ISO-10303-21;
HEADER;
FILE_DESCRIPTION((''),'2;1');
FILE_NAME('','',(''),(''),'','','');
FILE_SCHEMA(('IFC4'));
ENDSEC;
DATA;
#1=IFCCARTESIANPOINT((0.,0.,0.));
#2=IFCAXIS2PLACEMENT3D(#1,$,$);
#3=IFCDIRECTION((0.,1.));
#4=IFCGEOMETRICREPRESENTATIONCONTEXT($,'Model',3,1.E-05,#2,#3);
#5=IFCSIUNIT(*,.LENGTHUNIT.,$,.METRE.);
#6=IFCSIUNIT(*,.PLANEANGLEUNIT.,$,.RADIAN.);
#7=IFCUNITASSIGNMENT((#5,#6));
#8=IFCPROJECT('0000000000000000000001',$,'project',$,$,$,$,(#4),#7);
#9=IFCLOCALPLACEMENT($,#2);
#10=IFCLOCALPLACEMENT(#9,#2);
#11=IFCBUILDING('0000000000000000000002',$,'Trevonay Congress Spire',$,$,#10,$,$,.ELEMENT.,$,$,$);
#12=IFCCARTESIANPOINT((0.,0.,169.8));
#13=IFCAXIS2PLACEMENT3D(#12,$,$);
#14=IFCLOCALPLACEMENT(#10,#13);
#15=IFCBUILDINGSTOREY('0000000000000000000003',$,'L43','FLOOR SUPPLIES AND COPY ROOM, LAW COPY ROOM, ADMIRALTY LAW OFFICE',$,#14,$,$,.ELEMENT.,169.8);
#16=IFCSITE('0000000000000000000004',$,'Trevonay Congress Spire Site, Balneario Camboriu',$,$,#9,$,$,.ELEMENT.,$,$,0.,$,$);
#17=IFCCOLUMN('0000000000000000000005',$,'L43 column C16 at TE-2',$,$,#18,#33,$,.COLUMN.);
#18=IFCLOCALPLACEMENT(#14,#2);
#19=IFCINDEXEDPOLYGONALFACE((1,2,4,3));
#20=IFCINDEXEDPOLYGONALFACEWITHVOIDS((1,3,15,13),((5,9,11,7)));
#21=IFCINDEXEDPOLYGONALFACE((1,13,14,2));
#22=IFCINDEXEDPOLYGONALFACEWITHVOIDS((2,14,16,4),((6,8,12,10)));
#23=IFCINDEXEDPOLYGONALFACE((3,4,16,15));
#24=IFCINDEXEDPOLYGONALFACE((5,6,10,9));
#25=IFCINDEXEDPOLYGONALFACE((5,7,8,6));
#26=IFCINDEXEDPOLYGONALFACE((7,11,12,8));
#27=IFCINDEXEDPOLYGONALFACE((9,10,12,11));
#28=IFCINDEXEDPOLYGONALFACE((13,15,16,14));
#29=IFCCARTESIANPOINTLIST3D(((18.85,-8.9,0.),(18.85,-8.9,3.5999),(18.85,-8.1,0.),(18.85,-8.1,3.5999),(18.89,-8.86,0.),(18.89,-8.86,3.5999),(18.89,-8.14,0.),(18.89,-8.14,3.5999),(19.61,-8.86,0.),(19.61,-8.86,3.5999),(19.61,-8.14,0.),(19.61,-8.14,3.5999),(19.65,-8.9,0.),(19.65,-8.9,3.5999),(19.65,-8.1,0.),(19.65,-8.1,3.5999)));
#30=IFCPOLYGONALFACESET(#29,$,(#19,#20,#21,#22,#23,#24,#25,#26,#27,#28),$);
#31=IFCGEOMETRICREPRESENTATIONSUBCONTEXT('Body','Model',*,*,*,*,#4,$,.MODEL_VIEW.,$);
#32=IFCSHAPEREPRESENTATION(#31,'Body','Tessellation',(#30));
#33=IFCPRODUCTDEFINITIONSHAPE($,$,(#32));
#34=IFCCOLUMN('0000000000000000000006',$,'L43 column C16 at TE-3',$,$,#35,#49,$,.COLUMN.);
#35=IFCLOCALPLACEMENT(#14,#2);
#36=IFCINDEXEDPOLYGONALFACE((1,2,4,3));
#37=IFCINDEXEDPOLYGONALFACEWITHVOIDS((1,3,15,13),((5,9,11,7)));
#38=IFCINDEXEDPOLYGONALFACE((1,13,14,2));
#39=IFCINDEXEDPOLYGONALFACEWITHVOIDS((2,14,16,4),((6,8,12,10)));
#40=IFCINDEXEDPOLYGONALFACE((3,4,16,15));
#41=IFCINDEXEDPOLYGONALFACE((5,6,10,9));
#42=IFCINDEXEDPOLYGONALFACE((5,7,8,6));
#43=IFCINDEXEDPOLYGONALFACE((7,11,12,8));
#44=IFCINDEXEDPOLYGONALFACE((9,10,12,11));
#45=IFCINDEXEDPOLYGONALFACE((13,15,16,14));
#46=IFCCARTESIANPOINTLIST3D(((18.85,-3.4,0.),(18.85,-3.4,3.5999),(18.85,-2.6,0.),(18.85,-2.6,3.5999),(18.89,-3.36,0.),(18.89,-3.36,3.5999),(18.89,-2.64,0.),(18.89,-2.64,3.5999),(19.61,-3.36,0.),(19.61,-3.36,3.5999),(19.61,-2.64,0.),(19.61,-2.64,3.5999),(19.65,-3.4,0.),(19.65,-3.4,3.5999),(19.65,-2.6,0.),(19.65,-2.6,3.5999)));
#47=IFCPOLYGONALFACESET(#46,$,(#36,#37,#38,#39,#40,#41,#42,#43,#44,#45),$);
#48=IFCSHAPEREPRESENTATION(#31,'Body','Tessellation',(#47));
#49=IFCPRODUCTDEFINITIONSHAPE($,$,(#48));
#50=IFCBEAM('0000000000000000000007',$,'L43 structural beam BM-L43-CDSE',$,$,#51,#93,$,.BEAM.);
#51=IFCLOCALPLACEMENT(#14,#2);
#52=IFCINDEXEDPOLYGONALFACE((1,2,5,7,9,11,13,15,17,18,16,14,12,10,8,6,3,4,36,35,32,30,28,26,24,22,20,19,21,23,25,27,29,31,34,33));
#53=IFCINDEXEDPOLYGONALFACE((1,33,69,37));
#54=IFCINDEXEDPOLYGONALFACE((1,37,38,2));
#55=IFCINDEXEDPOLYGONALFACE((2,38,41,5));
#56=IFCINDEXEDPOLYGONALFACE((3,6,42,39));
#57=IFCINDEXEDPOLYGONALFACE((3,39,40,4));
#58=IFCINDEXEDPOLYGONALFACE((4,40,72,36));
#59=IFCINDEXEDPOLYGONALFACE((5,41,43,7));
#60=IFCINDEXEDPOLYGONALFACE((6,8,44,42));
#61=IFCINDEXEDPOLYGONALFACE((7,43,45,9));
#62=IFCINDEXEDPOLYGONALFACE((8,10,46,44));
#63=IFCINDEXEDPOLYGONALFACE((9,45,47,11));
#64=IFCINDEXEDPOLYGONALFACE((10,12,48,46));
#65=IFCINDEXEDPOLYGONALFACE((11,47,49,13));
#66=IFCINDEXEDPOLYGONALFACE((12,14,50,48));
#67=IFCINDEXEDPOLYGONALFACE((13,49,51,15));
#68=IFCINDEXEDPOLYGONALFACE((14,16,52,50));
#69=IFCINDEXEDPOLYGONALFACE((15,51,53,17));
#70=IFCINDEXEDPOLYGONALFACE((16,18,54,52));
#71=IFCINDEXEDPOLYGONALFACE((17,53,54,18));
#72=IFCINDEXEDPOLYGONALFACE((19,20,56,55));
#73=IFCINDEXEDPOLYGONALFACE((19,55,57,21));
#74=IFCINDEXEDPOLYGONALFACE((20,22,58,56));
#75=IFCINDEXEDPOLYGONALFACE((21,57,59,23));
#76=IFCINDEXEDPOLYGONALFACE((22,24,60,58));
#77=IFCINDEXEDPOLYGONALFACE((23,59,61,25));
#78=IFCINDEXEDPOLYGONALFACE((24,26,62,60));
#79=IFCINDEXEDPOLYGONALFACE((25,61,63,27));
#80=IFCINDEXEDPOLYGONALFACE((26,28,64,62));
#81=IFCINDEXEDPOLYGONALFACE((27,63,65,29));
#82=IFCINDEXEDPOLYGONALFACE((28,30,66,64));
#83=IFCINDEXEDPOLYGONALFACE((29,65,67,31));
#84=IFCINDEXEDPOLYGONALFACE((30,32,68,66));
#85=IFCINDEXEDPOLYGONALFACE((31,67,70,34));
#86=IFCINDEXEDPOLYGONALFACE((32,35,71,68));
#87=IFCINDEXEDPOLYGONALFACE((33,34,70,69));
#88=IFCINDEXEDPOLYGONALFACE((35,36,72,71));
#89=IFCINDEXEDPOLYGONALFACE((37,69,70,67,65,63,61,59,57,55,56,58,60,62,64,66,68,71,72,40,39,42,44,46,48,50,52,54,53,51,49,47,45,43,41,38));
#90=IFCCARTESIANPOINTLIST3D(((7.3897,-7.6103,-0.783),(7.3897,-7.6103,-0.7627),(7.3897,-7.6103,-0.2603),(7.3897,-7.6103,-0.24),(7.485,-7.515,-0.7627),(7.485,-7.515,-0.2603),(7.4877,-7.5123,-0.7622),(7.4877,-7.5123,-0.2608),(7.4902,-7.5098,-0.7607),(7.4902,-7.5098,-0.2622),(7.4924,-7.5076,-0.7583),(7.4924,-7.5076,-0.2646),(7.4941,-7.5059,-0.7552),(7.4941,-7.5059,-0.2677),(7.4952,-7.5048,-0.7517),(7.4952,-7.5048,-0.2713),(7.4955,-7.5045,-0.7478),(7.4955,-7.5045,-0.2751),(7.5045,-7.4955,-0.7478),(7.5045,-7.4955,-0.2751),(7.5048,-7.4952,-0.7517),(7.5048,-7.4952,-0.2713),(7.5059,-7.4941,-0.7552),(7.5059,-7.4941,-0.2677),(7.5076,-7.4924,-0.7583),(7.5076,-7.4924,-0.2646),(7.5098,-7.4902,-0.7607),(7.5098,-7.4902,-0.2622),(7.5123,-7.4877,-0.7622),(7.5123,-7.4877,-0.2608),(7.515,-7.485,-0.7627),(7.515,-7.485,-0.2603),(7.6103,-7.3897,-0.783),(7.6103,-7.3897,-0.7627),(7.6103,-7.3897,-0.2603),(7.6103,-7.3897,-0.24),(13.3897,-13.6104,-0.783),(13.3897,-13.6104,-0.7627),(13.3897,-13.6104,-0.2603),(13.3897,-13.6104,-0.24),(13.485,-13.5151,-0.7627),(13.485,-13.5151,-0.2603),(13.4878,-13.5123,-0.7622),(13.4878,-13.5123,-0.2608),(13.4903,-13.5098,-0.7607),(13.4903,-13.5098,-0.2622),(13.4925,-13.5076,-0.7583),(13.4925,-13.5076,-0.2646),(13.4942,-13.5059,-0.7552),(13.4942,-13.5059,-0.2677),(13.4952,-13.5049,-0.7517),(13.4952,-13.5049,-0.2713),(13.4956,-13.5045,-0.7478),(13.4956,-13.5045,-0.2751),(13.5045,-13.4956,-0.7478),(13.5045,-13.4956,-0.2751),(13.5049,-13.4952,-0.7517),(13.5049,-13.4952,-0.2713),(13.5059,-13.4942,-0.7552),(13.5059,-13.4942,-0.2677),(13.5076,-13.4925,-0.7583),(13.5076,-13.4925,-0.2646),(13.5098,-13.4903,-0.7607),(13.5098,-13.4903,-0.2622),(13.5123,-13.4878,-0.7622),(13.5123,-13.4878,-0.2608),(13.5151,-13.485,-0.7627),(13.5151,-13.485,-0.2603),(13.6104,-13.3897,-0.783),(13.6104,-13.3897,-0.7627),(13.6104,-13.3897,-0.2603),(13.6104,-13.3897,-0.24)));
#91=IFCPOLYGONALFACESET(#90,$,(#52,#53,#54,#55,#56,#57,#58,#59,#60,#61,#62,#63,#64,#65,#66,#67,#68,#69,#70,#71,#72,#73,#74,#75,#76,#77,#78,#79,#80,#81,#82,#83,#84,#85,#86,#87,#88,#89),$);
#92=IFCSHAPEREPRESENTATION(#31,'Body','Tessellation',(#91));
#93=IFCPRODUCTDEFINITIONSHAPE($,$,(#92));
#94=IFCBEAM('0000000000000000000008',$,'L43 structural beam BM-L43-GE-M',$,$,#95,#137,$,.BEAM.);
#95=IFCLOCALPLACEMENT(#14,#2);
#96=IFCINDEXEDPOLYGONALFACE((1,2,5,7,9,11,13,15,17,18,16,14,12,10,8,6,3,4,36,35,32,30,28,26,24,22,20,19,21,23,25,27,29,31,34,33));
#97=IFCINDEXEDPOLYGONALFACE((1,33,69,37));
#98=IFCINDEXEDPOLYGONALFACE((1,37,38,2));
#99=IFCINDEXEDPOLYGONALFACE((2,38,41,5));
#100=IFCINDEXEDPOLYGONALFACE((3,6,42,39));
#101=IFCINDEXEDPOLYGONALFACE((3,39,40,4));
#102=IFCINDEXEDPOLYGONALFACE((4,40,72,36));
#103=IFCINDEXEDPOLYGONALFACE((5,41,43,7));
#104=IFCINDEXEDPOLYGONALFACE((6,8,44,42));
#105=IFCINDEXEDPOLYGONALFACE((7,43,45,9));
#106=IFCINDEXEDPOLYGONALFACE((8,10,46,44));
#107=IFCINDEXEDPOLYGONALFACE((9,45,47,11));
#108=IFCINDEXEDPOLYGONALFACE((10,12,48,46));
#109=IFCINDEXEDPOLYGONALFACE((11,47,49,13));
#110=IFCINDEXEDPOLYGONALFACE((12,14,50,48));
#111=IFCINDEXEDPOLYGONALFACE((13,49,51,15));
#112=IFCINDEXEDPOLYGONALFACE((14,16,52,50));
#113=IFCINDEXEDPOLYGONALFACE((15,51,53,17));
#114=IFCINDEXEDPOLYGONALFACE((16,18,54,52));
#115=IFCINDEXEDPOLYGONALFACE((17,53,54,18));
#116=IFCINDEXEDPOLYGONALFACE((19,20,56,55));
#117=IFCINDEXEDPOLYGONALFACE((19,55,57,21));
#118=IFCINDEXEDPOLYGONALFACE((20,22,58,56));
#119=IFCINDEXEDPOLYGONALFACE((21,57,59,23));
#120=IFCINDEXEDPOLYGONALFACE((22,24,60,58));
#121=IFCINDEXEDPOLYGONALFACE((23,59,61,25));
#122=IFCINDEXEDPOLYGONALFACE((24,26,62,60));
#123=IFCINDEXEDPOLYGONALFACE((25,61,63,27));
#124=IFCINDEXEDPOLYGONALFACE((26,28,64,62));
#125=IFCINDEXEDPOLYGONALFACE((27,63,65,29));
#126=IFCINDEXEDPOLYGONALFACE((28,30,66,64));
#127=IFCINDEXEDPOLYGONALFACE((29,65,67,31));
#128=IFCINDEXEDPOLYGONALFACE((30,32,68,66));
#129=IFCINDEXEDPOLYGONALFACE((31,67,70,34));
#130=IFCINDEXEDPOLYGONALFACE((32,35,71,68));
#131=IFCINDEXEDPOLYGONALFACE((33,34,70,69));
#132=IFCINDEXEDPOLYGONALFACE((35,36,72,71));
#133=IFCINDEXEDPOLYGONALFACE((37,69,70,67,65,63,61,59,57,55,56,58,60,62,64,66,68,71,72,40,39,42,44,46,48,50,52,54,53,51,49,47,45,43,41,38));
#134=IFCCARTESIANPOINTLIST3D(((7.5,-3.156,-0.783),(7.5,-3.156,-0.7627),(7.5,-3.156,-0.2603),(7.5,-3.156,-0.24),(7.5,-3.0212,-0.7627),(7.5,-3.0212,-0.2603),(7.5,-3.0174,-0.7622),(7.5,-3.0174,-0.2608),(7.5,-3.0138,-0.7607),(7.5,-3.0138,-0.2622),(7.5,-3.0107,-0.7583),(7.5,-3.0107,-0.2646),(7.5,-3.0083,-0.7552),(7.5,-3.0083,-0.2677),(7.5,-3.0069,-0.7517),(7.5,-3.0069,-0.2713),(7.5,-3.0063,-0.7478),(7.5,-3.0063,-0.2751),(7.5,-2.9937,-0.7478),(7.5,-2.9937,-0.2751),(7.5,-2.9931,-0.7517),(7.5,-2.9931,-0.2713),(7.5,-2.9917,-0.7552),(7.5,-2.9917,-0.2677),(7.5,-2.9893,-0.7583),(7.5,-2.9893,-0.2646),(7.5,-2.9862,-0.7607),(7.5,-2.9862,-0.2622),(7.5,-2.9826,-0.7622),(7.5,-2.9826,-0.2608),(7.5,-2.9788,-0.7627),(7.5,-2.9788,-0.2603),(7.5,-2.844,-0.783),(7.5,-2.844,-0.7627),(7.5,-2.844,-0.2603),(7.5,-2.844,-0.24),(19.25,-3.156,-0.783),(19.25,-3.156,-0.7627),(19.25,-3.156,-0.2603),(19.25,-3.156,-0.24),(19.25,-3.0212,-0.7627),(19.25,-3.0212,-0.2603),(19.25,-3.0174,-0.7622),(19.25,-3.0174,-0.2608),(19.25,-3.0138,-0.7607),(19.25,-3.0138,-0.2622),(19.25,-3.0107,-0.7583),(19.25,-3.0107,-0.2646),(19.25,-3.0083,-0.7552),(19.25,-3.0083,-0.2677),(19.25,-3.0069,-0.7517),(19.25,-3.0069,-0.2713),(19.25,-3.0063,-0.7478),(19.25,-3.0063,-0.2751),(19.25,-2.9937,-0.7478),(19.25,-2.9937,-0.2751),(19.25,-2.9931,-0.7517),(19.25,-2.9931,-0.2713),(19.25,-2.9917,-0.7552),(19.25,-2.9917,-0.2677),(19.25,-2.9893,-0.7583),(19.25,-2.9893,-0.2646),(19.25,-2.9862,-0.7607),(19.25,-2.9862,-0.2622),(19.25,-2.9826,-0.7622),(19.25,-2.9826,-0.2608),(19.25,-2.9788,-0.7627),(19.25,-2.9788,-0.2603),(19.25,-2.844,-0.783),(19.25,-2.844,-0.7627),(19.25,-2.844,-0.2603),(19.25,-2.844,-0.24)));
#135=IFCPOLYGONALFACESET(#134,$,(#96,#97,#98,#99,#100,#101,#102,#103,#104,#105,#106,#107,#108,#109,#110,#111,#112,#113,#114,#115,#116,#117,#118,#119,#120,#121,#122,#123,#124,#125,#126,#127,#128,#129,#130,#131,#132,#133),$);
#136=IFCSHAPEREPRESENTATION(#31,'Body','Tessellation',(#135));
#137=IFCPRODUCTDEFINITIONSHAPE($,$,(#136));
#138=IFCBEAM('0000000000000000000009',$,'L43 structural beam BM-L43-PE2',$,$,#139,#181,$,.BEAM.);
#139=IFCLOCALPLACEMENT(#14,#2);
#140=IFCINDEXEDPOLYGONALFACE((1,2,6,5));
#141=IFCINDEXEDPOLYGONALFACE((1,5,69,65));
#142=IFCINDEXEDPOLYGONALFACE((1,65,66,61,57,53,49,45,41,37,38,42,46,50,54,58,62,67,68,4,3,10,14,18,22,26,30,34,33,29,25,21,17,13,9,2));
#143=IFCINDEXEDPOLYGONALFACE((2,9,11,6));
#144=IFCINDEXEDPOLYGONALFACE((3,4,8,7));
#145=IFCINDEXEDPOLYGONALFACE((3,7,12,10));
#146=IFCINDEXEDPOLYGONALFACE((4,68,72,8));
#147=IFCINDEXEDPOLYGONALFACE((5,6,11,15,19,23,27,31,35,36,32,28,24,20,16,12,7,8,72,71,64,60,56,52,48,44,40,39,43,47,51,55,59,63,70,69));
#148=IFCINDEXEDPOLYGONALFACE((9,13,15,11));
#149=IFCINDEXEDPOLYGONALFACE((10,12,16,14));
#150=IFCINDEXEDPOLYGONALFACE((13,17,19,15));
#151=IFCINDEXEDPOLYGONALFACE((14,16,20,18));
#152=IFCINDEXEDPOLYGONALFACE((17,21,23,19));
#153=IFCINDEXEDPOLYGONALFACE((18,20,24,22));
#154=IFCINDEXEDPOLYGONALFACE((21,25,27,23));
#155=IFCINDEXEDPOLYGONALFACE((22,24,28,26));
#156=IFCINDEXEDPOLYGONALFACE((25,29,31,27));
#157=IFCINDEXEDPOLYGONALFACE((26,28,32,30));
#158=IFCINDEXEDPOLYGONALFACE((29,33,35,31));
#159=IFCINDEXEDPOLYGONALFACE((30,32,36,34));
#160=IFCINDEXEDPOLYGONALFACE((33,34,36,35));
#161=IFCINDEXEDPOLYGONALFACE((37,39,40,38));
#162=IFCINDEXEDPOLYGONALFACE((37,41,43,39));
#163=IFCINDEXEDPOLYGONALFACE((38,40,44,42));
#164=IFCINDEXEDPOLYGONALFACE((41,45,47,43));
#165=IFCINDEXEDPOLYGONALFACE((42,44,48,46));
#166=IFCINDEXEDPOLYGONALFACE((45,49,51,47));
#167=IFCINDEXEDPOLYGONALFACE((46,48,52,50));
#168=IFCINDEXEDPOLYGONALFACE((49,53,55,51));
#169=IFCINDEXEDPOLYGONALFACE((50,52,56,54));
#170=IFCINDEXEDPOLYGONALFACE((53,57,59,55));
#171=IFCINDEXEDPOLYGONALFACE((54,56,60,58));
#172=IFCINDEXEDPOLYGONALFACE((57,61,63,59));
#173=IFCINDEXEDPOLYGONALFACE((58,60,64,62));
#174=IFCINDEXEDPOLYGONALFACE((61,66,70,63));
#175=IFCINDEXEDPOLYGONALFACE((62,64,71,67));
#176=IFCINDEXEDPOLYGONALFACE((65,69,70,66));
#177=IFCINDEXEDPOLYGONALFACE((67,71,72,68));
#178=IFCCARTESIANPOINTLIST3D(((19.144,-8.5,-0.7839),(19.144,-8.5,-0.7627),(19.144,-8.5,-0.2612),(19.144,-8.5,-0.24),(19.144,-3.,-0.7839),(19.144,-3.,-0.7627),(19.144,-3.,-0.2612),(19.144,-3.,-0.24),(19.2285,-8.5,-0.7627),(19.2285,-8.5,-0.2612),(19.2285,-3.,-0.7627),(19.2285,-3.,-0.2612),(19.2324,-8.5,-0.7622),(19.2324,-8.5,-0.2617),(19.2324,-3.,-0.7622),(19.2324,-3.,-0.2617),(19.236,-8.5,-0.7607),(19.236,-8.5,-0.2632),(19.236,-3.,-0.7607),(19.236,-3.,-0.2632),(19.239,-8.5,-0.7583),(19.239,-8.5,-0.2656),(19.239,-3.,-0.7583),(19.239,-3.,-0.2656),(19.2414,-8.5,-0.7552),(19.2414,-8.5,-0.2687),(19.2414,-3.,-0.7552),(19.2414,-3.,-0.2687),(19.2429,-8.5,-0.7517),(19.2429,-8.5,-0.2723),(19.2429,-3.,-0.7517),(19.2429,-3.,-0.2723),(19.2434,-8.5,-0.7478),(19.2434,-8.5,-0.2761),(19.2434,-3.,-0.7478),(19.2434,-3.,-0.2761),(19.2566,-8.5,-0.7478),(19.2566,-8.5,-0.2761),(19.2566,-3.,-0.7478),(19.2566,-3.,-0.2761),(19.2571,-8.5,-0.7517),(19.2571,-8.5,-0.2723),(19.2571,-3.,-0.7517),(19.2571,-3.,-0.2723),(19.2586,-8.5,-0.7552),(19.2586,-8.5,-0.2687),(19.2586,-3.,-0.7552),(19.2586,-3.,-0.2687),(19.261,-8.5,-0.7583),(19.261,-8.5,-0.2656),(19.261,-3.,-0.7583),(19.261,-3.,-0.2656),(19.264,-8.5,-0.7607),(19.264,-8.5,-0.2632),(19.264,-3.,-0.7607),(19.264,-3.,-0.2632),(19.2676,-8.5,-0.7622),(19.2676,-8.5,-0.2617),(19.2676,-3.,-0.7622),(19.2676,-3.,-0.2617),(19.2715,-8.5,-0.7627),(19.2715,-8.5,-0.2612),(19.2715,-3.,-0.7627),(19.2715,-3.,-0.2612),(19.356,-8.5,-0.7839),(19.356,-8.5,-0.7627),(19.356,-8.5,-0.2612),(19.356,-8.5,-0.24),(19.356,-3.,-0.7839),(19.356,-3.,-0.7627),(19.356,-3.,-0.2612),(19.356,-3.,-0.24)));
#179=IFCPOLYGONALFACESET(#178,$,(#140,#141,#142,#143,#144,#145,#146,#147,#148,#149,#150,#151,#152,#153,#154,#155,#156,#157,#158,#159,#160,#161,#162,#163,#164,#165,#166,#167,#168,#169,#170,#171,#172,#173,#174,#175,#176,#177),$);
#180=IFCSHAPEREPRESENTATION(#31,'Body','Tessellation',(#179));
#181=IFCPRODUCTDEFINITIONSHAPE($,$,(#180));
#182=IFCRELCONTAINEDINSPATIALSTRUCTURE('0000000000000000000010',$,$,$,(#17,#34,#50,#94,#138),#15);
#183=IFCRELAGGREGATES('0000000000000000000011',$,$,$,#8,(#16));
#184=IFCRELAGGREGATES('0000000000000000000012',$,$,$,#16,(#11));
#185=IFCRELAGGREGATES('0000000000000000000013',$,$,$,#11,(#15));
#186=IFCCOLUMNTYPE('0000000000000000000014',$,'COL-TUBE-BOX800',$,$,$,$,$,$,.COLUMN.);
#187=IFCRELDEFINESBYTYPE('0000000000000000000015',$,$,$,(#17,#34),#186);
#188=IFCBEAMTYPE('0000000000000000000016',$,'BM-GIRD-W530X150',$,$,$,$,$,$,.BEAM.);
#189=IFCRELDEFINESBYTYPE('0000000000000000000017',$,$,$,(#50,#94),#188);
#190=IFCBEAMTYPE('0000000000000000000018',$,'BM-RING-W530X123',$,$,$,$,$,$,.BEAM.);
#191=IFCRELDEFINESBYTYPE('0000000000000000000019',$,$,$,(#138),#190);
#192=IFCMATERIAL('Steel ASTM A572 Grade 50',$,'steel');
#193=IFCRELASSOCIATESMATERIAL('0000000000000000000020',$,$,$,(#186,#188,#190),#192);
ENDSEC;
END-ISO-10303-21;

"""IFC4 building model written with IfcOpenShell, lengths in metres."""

from ifc_helpers import new_model, si_unit, direction, frame, origin, origin_2d, place, context, subcontext, project, spatial, hollow_rectangle, i_section, extrude, material, material_profile, profile_set, type_object, element, save


model = new_model("IFC4")

# Units and contexts
model_context = context("Model", 3, precision=1e-05, world=origin(), true_north=direction((0.0, 1.0)))
body_context = subcontext(model_context, "Body", "Model", "MODEL_VIEW")
ifc_project = project(units=[si_unit("LENGTHUNIT", "METRE"), si_unit("PLANEANGLEUNIT", "RADIAN")], contexts=[model_context])

# Site, building, storey
site_placement = place(None, origin())
site = spatial("IfcSite", under=ifc_project, at=site_placement, Name="Trevonay Congress Spire Site, Balneario Camboriu", CompositionType="ELEMENT", RefElevation=0.0)
building_placement = place(site_placement, origin())
building = spatial("IfcBuilding", under=site, at=building_placement, Name="Trevonay Congress Spire", CompositionType="ELEMENT")
storey_placement = place(building_placement, frame((0.0, 0.0, 169.8)))
storey = spatial("IfcBuildingStorey", under=building, at=storey_placement, Name="L43", Description="FLOOR SUPPLIES AND COPY ROOM, LAW COPY ROOM, ADMIRALTY LAW OFFICE", CompositionType="ELEMENT", Elevation=169.8)

# Columns
ifc_material_1 = material(Name="Steel ASTM A572 Grade 50", Category="steel")
ifc_material_profile_1 = material_profile(ifc_material_1, hollow_rectangle(XDim=0.8, YDim=0.8, WallThickness=0.04, at=origin_2d()), Name="BOX 800x800x40")
ifc_profile_set_1 = profile_set([ifc_material_profile_1], Name="Steel ASTM A572 Grade 50")
column_type = type_object("IfcColumnType", Name="COL-TUBE-BOX800", PredefinedType="COLUMN", material=ifc_profile_set_1)
for number, where, z_axis, x_axis, name in (
    (1, (19.25, -8.5, 0.0), (0.0, 0.0, 1.0), (1.0, 0.0, 0.0), "L43 column C16 at TE-2"),
    (2, (19.25, -3.0, 0.0), (0.0, 0.0, 1.0), (1.0, 0.0, 0.0), "L43 column C16 at TE-3"),
):
    element("IfcColumn", number, at=place(storey_placement, frame(where, z_axis=z_axis, x_axis=x_axis)), inside=storey, type_object=column_type, Name=name, PredefinedType="COLUMN", context=body_context, shape_type="SweptSolid", body=[
        extrude(hollow_rectangle(XDim=0.8, YDim=0.8, WallThickness=0.04, at=origin_2d()), origin(), (0.0, 0.0, 1.0), 3.5999),
    ])

# Beams
ifc_material_profile_2 = material_profile(ifc_material_1, i_section(OverallWidth=0.312, OverallDepth=0.543, WebThickness=0.0127, FlangeThickness=0.0203, FilletRadius=0.0149, at=origin_2d()), Name="W530x150")
ifc_profile_set_2 = profile_set([ifc_material_profile_2], Name="Steel ASTM A572 Grade 50")
beam_type_1 = type_object("IfcBeamType", Name="BM-GIRD-W530X150", PredefinedType="BEAM", material=ifc_profile_set_2)
beam_1_placement = place(storey_placement, frame((7.5, -7.5, -0.5115), z_axis=(0.707107, -0.707107, 0.0), x_axis=(0.707107, 0.707107, 0.0)))
element("IfcBeam", 3, at=beam_1_placement, inside=storey, type_object=beam_type_1, Name="L43 structural beam BM-L43-CDSE", PredefinedType="BEAM", context=body_context, shape_type="SweptSolid", body=[
    extrude(i_section(OverallWidth=0.312, OverallDepth=0.543, WebThickness=0.0127, FlangeThickness=0.0203, FilletRadius=0.0149, at=origin_2d()), origin(), (0.0, 0.0, 1.0), 8.4854),
])
beam_2_placement = place(storey_placement, frame((7.5, -3.0, -0.5115), z_axis=(1.0, 0.0, 0.0), x_axis=(0.0, 1.0, 0.0)))
element("IfcBeam", 4, at=beam_2_placement, inside=storey, type_object=beam_type_1, Name="L43 structural beam BM-L43-GE-M", PredefinedType="BEAM", context=body_context, shape_type="SweptSolid", body=[
    extrude(i_section(OverallWidth=0.312, OverallDepth=0.543, WebThickness=0.0127, FlangeThickness=0.0203, FilletRadius=0.0149, at=origin_2d()), origin(), (0.0, 0.0, 1.0), 11.75),
])
ifc_material_profile_3 = material_profile(ifc_material_1, i_section(OverallWidth=0.2119, OverallDepth=0.5439, WebThickness=0.0132, FlangeThickness=0.0212, FilletRadius=0.0149, at=origin_2d()), Name="W530x123")
ifc_profile_set_3 = profile_set([ifc_material_profile_3], Name="Steel ASTM A572 Grade 50")
beam_type_2 = type_object("IfcBeamType", Name="BM-RING-W530X123", PredefinedType="BEAM", material=ifc_profile_set_3)
beam_3_placement = place(storey_placement, frame((19.25, -8.5, -0.512), z_axis=(0.0, 1.0, 0.0), x_axis=(-1.0, 0.0, 0.0)))
element("IfcBeam", 5, at=beam_3_placement, inside=storey, type_object=beam_type_2, Name="L43 structural beam BM-L43-PE2", PredefinedType="BEAM", context=body_context, shape_type="SweptSolid", body=[
    extrude(i_section(OverallWidth=0.2119, OverallDepth=0.5439, WebThickness=0.0132, FlangeThickness=0.0212, FilletRadius=0.0149, at=origin_2d()), origin(), (0.0, 0.0, 1.0), 5.5),
])

save(model, "model.ifc")
